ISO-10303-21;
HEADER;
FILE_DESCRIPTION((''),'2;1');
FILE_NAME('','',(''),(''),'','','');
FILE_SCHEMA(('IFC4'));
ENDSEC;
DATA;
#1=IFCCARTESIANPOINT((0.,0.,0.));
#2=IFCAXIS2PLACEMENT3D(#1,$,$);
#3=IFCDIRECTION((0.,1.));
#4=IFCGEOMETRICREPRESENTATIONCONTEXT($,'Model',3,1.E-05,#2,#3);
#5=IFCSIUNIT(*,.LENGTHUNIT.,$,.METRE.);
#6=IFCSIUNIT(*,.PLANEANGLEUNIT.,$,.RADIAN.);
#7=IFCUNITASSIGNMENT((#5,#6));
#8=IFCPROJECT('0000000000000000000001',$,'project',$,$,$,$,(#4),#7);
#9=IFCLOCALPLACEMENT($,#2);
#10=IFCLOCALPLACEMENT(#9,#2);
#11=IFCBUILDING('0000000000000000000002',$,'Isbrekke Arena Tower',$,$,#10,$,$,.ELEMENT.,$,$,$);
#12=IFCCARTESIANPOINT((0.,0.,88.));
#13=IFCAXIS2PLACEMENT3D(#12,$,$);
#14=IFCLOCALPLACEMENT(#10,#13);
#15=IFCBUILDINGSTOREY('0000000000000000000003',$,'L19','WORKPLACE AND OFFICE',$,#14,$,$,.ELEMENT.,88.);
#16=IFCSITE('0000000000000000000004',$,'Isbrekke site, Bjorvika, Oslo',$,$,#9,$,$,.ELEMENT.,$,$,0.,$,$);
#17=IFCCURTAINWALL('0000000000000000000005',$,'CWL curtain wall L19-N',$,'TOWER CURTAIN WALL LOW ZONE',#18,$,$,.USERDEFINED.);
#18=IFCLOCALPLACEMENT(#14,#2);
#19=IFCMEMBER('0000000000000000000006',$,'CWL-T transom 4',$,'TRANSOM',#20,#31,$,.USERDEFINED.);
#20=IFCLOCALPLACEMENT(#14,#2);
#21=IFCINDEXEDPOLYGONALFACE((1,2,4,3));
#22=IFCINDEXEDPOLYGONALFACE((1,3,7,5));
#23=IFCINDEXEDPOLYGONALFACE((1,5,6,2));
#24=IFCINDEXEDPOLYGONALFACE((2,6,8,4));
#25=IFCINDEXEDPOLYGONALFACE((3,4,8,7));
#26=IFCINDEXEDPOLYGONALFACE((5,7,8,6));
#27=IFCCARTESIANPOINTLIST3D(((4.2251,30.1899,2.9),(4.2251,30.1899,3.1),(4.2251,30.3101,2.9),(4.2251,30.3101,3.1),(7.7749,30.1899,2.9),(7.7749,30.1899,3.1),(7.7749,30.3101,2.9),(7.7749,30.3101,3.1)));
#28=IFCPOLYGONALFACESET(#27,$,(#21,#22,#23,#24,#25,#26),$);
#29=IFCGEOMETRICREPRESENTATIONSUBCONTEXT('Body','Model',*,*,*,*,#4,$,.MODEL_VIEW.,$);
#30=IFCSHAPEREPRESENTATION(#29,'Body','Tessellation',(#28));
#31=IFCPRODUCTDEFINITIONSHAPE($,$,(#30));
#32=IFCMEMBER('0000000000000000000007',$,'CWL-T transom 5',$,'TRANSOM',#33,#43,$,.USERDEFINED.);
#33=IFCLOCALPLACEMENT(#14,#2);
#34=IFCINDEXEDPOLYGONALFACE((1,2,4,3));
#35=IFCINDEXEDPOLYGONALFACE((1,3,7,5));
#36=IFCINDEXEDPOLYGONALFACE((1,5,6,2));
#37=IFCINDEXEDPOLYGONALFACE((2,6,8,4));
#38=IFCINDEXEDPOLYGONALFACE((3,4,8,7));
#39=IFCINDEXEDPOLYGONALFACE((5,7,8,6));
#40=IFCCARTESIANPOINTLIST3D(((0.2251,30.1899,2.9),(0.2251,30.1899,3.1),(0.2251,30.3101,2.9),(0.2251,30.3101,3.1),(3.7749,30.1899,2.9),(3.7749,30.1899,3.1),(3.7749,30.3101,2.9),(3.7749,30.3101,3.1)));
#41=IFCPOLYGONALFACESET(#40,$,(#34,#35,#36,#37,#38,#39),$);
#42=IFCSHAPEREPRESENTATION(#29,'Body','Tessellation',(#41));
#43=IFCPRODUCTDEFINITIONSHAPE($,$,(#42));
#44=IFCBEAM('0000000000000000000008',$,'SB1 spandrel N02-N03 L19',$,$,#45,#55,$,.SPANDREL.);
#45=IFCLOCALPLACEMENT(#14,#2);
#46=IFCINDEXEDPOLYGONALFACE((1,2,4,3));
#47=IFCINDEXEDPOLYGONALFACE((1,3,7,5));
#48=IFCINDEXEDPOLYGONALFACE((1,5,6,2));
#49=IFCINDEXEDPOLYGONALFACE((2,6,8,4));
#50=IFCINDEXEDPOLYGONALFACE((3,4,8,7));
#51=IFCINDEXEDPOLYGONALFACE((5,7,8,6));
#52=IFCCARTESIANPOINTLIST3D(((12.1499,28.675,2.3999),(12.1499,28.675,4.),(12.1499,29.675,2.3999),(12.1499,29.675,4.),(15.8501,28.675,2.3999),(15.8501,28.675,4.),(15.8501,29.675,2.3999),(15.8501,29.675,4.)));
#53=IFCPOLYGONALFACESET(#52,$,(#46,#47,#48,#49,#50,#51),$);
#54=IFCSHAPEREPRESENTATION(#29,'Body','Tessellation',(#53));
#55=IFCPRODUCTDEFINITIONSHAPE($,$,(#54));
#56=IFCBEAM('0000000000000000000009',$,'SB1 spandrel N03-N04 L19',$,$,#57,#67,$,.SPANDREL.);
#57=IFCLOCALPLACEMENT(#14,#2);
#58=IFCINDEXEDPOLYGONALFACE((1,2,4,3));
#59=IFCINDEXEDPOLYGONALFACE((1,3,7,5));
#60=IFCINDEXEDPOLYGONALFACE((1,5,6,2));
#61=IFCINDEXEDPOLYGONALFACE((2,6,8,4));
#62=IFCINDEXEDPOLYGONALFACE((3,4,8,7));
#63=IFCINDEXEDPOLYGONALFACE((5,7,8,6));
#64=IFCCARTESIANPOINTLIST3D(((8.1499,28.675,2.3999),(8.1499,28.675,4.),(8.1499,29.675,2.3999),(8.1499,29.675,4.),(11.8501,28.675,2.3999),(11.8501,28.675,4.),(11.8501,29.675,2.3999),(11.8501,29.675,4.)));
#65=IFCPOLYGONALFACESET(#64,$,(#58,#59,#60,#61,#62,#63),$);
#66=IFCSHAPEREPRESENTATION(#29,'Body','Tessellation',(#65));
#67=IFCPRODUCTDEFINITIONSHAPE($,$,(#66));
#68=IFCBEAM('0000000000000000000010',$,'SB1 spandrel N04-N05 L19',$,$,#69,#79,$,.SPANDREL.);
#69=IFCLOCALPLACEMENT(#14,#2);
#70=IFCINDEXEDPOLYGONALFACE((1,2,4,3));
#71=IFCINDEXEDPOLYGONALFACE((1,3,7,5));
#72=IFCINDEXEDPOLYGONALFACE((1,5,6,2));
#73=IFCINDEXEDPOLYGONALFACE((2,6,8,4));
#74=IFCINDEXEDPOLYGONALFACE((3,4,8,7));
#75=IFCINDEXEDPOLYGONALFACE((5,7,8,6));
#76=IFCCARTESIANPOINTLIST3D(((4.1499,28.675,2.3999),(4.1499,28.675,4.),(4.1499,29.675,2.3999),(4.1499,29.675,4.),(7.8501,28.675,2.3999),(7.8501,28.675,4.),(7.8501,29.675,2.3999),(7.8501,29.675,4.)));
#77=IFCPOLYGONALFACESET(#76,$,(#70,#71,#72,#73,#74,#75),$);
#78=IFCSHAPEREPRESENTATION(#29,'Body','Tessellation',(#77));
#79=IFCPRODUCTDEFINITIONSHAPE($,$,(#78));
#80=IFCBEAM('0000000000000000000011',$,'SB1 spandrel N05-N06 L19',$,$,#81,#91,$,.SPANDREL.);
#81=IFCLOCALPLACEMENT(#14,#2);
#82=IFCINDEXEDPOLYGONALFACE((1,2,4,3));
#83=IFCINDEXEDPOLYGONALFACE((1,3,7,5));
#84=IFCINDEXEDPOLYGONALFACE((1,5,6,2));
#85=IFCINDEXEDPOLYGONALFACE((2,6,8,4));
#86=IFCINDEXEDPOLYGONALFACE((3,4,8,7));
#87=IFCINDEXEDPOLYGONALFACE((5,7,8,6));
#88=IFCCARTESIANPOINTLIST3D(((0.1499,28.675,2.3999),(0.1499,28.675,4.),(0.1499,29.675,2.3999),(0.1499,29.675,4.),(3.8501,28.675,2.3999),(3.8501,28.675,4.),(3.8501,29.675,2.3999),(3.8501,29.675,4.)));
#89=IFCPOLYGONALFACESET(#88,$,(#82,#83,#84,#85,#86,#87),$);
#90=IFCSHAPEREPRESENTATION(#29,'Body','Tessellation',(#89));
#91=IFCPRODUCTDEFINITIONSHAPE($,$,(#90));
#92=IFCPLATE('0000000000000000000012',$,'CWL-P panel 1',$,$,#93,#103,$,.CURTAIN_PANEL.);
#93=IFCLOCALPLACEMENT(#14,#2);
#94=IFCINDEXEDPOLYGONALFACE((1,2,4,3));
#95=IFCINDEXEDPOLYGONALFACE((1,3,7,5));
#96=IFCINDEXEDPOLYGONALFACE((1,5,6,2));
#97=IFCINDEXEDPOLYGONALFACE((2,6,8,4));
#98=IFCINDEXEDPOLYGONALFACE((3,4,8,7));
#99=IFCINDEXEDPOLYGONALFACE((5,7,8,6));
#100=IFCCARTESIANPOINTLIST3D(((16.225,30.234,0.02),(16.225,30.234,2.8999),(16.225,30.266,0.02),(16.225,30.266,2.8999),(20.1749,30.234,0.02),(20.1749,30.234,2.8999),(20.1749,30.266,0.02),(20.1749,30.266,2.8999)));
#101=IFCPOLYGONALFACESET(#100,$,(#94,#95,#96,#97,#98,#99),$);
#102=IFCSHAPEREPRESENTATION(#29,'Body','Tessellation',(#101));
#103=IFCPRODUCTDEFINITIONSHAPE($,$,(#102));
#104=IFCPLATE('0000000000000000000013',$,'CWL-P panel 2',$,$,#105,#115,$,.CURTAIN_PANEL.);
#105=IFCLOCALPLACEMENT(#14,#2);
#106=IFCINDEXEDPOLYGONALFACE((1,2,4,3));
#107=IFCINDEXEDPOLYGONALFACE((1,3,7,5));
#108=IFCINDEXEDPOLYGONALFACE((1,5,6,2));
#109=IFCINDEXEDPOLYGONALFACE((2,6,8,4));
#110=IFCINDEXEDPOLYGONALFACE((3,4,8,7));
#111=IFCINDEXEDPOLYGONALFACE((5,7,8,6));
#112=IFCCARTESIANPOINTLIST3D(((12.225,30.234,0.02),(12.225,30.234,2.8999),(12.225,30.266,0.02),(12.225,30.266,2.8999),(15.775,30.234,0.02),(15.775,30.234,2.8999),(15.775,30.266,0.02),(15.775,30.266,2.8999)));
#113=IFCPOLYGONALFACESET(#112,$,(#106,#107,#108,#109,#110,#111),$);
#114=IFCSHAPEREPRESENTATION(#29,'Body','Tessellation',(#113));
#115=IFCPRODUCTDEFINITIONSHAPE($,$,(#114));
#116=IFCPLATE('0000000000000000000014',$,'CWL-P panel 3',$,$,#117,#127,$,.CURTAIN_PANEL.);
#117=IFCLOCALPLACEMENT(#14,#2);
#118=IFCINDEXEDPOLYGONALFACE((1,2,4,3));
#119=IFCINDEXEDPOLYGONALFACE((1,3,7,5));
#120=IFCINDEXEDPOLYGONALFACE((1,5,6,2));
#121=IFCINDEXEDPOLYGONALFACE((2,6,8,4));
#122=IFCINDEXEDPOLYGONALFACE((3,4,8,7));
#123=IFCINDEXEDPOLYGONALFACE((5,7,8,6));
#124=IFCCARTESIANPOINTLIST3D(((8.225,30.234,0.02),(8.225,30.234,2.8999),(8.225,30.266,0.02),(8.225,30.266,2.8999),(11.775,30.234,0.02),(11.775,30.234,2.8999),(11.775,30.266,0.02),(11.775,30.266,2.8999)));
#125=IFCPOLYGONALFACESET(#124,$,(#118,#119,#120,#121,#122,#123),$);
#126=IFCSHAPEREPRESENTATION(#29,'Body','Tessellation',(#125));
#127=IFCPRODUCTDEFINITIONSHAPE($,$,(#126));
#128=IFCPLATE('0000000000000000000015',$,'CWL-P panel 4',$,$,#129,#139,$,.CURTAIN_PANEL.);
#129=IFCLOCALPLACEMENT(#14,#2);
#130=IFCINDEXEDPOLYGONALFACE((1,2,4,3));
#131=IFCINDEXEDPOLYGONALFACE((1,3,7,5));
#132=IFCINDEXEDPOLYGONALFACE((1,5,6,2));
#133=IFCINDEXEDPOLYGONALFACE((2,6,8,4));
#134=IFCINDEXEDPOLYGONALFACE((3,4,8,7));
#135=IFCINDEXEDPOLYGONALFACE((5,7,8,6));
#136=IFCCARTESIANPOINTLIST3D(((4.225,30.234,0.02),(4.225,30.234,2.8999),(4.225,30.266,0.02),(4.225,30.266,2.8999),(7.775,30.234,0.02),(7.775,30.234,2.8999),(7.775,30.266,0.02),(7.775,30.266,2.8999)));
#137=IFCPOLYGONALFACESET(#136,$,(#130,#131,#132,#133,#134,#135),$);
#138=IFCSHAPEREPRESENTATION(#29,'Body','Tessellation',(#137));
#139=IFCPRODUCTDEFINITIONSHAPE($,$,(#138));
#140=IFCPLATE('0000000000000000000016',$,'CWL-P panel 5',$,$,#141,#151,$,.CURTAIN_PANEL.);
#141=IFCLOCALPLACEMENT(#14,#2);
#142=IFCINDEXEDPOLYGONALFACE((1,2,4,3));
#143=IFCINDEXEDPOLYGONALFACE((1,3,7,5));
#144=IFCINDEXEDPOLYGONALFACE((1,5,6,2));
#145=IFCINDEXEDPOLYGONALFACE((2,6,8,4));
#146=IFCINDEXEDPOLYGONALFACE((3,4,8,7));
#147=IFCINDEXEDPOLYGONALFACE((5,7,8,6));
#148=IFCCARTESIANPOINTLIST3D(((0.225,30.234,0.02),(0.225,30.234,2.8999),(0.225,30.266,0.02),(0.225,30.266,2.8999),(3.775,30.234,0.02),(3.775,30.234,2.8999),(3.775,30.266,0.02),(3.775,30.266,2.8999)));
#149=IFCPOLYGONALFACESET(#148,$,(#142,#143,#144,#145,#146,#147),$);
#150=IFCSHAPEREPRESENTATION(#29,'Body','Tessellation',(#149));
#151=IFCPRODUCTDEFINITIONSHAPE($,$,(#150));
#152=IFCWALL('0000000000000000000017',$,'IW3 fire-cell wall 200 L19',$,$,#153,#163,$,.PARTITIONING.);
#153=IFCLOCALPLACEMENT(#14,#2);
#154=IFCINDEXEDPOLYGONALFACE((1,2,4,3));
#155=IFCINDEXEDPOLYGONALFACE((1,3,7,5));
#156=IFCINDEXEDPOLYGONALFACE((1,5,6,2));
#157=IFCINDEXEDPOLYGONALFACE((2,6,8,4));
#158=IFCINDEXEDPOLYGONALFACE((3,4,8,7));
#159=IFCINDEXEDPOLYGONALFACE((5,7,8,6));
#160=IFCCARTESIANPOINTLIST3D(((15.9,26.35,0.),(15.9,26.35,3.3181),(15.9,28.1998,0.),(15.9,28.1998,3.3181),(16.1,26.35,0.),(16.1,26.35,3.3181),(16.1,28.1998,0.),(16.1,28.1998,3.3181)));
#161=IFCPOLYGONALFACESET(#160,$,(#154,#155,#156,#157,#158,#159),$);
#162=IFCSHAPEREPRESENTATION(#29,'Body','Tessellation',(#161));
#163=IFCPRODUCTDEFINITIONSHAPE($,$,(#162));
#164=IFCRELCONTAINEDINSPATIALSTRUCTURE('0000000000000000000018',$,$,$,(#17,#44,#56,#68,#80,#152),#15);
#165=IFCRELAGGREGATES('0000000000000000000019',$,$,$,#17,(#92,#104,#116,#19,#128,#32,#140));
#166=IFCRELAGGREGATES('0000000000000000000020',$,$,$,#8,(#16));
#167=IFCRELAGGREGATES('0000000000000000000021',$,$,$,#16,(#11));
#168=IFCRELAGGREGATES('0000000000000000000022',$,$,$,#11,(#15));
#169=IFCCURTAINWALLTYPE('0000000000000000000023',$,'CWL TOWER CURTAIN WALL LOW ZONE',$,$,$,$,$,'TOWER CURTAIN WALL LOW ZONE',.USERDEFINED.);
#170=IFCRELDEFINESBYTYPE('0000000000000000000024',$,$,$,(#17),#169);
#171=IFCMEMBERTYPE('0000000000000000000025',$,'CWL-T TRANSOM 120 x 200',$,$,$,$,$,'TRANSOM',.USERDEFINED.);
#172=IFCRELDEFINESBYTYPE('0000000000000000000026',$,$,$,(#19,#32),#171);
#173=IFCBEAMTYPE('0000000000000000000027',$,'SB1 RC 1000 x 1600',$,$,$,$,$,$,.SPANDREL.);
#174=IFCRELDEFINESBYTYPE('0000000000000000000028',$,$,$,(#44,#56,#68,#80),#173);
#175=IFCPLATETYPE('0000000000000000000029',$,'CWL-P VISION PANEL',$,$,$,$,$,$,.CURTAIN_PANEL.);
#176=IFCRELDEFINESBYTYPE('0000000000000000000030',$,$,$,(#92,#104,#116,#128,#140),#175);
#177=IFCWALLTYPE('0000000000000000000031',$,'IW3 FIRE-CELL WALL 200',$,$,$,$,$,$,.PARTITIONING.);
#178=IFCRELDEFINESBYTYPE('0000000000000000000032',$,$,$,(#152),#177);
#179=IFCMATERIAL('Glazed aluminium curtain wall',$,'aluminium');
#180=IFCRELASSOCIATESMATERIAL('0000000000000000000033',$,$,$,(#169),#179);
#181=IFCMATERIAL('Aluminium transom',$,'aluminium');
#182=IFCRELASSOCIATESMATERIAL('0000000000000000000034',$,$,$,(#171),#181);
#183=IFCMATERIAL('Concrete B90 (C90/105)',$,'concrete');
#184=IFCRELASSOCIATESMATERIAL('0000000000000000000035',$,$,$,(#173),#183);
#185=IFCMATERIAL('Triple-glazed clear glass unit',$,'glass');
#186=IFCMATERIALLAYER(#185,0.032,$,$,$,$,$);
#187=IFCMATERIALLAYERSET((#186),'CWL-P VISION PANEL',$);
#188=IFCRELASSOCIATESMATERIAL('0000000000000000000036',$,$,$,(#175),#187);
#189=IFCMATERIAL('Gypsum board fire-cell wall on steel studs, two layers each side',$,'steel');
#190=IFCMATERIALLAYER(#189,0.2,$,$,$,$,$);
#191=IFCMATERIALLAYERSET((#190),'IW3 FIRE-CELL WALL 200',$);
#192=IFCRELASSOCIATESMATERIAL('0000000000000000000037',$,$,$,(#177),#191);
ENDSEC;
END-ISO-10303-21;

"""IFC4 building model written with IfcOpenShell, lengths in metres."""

from ifc_helpers import new_model, si_unit, direction, frame, frame_2d, origin, origin_2d, place, context, subcontext, project, spatial, rectangle, extrude, material, layer, layer_set, material_profile, profile_set, type_object, element, aggregate, save


model = new_model("IFC4")

# Units and contexts
model_context = context("Model", 3, precision=1e-05, world=origin(), true_north=direction((0.0, 1.0)))
body_context = subcontext(model_context, "Body", "Model", "MODEL_VIEW")
ifc_project = project(units=[si_unit("LENGTHUNIT", "METRE"), si_unit("PLANEANGLEUNIT", "RADIAN")], contexts=[model_context])

# Site, building, storey
site_placement = place(None, origin())
site = spatial("IfcSite", under=ifc_project, at=site_placement, Name="Isbrekke site, Bjorvika, Oslo", CompositionType="ELEMENT", RefElevation=0.0)
building_placement = place(site_placement, origin())
building = spatial("IfcBuilding", under=site, at=building_placement, Name="Isbrekke Arena Tower", CompositionType="ELEMENT")
storey_placement = place(building_placement, frame((0.0, 0.0, 88.0)))
storey = spatial("IfcBuildingStorey", under=building, at=storey_placement, Name="L19", Description="WORKPLACE AND OFFICE", CompositionType="ELEMENT", Elevation=88.0)

# Curtain wall, members
ifc_material_1 = material(Name="Glazed aluminium curtain wall", Category="aluminium")
curtain_wall_type = type_object("IfcCurtainWallType", Name="CWL TOWER CURTAIN WALL LOW ZONE", ElementType="TOWER CURTAIN WALL LOW ZONE", PredefinedType="USERDEFINED", material=ifc_material_1)
curtain_wall_placement = place(storey_placement, origin())
curtain_wall = element("IfcCurtainWall", 1, at=curtain_wall_placement, inside=storey, type_object=curtain_wall_type, Name="CWL curtain wall L19-N", ObjectType="TOWER CURTAIN WALL LOW ZONE", PredefinedType="USERDEFINED")
ifc_material_2 = material(Name="Aluminium transom", Category="aluminium")
ifc_material_profile_1 = material_profile(ifc_material_2, rectangle(XDim=0.1201, YDim=0.2, at=origin_2d()), Name="TRANSOM 120X200")
ifc_profile_set_1 = profile_set([ifc_material_profile_1], Name="Aluminium transom")
member_type_1 = type_object("IfcMemberType", Name="CWL-T TRANSOM 120 x 200", ElementType="TRANSOM", PredefinedType="USERDEFINED", material=ifc_profile_set_1)
member_1_placement = place(storey_placement, frame((7.7749, 30.25, 3.0), z_axis=(-1.0, 0.0, 0.0), x_axis=(0.0, -1.0, 0.0)))
member_1 = element("IfcMember", 2, at=member_1_placement, type_object=member_type_1, Name="CWL-T transom 4", ObjectType="TRANSOM", PredefinedType="USERDEFINED", context=body_context, shape_type="SweptSolid", body=[
    extrude(rectangle(XDim=0.1201, YDim=0.2, at=origin_2d()), origin(), (0.0, 0.0, 1.0), 3.5498),
])
member_2_placement = place(storey_placement, frame((3.7749, 30.25, 3.0), z_axis=(-1.0, 0.0, 0.0), x_axis=(0.0, -1.0, 0.0)))
member_2 = element("IfcMember", 3, at=member_2_placement, type_object=member_type_1, Name="CWL-T transom 5", ObjectType="TRANSOM", PredefinedType="USERDEFINED", context=body_context, shape_type="SweptSolid", body=[
    extrude(rectangle(XDim=0.1201, YDim=0.2, at=origin_2d()), origin(), (0.0, 0.0, 1.0), 3.5498),
])

# Beams
ifc_material_3 = material(Name="Concrete B90 (C90/105)", Category="concrete")
ifc_material_profile_2 = material_profile(ifc_material_3, rectangle(XDim=1.0, YDim=1.6001, at=origin_2d()), Name="RC 1000x1600")
ifc_profile_set_2 = profile_set([ifc_material_profile_2], Name="Concrete B90 (C90/105)")
beam_type_1 = type_object("IfcBeamType", Name="SB1 RC 1000 x 1600", PredefinedType="SPANDREL", material=ifc_profile_set_2)
for number, where, z_axis, x_axis, name in (
    (4, (15.8501, 29.175, 3.2), (-1.0, 0.0, 0.0), (0.0, -1.0, 0.0), "SB1 spandrel N02-N03 L19"),
    (5, (11.8501, 29.175, 3.2), (-1.0, 0.0, 0.0), (0.0, -1.0, 0.0), "SB1 spandrel N03-N04 L19"),
    (6, (7.8501, 29.175, 3.2), (-1.0, 0.0, 0.0), (0.0, -1.0, 0.0), "SB1 spandrel N04-N05 L19"),
    (7, (3.8501, 29.175, 3.2), (-1.0, 0.0, 0.0), (0.0, -1.0, 0.0), "SB1 spandrel N05-N06 L19"),
):
    element("IfcBeam", number, at=place(storey_placement, frame(where, z_axis=z_axis, x_axis=x_axis)), inside=storey, type_object=beam_type_1, Name=name, PredefinedType="SPANDREL", context=body_context, shape_type="SweptSolid", body=[
        extrude(rectangle(XDim=1.0, YDim=1.6001, at=origin_2d()), origin(), (0.0, 0.0, 1.0), 3.7002),
    ])

# Plates
ifc_material_4 = material(Name="Triple-glazed clear glass unit", Category="glass")
ifc_layer_1 = layer(ifc_material_4, 0.032)
ifc_layer_set_1 = layer_set([ifc_layer_1], Name="CWL-P VISION PANEL")
plate_type = type_object("IfcPlateType", Name="CWL-P VISION PANEL", PredefinedType="CURTAIN_PANEL", material=ifc_layer_set_1)
plate_1_placement = place(storey_placement, frame((18.2, 30.25, 0.02), z_axis=(0.0, 0.0, 1.0), x_axis=(-1.0, 0.0, 0.0)))
plate_1 = element("IfcPlate", 8, at=plate_1_placement, type_object=plate_type, Name="CWL-P panel 1", PredefinedType="CURTAIN_PANEL", context=body_context, shape_type="SweptSolid", body=[
    extrude(rectangle(XDim=3.95, YDim=0.032, at=origin_2d()), origin(), (0.0, 0.0, 1.0), 2.8799),
])
plate_2_placement = place(storey_placement, frame((14.0, 30.25, 0.02), z_axis=(0.0, 0.0, 1.0), x_axis=(-1.0, 0.0, 0.0)))
plate_2 = element("IfcPlate", 9, at=plate_2_placement, type_object=plate_type, Name="CWL-P panel 2", PredefinedType="CURTAIN_PANEL", context=body_context, shape_type="SweptSolid", body=[
    extrude(rectangle(XDim=3.55, YDim=0.032, at=origin_2d()), origin(), (0.0, 0.0, 1.0), 2.8799),
])
plate_3_placement = place(storey_placement, frame((10.0, 30.25, 0.02), z_axis=(0.0, 0.0, 1.0), x_axis=(-1.0, 0.0, 0.0)))
plate_3 = element("IfcPlate", 10, at=plate_3_placement, type_object=plate_type, Name="CWL-P panel 3", PredefinedType="CURTAIN_PANEL", context=body_context, shape_type="SweptSolid", body=[
    extrude(rectangle(XDim=3.55, YDim=0.032, at=origin_2d()), origin(), (0.0, 0.0, 1.0), 2.8799),
])
plate_4_placement = place(storey_placement, frame((6.0, 30.25, 0.02), z_axis=(0.0, 0.0, 1.0), x_axis=(-1.0, 0.0, 0.0)))
plate_4 = element("IfcPlate", 11, at=plate_4_placement, type_object=plate_type, Name="CWL-P panel 4", PredefinedType="CURTAIN_PANEL", context=body_context, shape_type="SweptSolid", body=[
    extrude(rectangle(XDim=3.55, YDim=0.032, at=origin_2d()), origin(), (0.0, 0.0, 1.0), 2.8799),
])
plate_5_placement = place(storey_placement, frame((2.0, 30.25, 0.02), z_axis=(0.0, 0.0, 1.0), x_axis=(-1.0, 0.0, 0.0)))
plate_5 = element("IfcPlate", 12, at=plate_5_placement, type_object=plate_type, Name="CWL-P panel 5", PredefinedType="CURTAIN_PANEL", context=body_context, shape_type="SweptSolid", body=[
    extrude(rectangle(XDim=3.55, YDim=0.032, at=origin_2d()), origin(), (0.0, 0.0, 1.0), 2.8799),
])
aggregate(curtain_wall, [plate_1, plate_2, plate_3, member_1, plate_4, member_2, plate_5])

# Wall
ifc_material_5 = material(Name="Gypsum board fire-cell wall on steel studs, two layers each side", Category="steel")
ifc_layer_2 = layer(ifc_material_5, 0.2)
ifc_layer_set_2 = layer_set([ifc_layer_2], Name="IW3 FIRE-CELL WALL 200")
wall_type = type_object("IfcWallType", Name="IW3 FIRE-CELL WALL 200", PredefinedType="PARTITIONING", material=ifc_layer_set_2)
wall_placement = place(storey_placement, frame((16.0, 26.3501, 0.0), z_axis=(0.0, 0.0, 1.0), x_axis=(0.0, 1.0, 0.0)))
element("IfcWall", 13, at=wall_placement, inside=storey, type_object=wall_type, Name="IW3 fire-cell wall 200 L19", PredefinedType="PARTITIONING", context=body_context, shape_type="SweptSolid", body=[
    extrude(rectangle(XDim=1.8499, YDim=0.2, at=frame_2d((0.9248, 0.0))), origin(), (0.0, 0.0, 1.0), 3.3181),
])

save(model, "model.ifc")
